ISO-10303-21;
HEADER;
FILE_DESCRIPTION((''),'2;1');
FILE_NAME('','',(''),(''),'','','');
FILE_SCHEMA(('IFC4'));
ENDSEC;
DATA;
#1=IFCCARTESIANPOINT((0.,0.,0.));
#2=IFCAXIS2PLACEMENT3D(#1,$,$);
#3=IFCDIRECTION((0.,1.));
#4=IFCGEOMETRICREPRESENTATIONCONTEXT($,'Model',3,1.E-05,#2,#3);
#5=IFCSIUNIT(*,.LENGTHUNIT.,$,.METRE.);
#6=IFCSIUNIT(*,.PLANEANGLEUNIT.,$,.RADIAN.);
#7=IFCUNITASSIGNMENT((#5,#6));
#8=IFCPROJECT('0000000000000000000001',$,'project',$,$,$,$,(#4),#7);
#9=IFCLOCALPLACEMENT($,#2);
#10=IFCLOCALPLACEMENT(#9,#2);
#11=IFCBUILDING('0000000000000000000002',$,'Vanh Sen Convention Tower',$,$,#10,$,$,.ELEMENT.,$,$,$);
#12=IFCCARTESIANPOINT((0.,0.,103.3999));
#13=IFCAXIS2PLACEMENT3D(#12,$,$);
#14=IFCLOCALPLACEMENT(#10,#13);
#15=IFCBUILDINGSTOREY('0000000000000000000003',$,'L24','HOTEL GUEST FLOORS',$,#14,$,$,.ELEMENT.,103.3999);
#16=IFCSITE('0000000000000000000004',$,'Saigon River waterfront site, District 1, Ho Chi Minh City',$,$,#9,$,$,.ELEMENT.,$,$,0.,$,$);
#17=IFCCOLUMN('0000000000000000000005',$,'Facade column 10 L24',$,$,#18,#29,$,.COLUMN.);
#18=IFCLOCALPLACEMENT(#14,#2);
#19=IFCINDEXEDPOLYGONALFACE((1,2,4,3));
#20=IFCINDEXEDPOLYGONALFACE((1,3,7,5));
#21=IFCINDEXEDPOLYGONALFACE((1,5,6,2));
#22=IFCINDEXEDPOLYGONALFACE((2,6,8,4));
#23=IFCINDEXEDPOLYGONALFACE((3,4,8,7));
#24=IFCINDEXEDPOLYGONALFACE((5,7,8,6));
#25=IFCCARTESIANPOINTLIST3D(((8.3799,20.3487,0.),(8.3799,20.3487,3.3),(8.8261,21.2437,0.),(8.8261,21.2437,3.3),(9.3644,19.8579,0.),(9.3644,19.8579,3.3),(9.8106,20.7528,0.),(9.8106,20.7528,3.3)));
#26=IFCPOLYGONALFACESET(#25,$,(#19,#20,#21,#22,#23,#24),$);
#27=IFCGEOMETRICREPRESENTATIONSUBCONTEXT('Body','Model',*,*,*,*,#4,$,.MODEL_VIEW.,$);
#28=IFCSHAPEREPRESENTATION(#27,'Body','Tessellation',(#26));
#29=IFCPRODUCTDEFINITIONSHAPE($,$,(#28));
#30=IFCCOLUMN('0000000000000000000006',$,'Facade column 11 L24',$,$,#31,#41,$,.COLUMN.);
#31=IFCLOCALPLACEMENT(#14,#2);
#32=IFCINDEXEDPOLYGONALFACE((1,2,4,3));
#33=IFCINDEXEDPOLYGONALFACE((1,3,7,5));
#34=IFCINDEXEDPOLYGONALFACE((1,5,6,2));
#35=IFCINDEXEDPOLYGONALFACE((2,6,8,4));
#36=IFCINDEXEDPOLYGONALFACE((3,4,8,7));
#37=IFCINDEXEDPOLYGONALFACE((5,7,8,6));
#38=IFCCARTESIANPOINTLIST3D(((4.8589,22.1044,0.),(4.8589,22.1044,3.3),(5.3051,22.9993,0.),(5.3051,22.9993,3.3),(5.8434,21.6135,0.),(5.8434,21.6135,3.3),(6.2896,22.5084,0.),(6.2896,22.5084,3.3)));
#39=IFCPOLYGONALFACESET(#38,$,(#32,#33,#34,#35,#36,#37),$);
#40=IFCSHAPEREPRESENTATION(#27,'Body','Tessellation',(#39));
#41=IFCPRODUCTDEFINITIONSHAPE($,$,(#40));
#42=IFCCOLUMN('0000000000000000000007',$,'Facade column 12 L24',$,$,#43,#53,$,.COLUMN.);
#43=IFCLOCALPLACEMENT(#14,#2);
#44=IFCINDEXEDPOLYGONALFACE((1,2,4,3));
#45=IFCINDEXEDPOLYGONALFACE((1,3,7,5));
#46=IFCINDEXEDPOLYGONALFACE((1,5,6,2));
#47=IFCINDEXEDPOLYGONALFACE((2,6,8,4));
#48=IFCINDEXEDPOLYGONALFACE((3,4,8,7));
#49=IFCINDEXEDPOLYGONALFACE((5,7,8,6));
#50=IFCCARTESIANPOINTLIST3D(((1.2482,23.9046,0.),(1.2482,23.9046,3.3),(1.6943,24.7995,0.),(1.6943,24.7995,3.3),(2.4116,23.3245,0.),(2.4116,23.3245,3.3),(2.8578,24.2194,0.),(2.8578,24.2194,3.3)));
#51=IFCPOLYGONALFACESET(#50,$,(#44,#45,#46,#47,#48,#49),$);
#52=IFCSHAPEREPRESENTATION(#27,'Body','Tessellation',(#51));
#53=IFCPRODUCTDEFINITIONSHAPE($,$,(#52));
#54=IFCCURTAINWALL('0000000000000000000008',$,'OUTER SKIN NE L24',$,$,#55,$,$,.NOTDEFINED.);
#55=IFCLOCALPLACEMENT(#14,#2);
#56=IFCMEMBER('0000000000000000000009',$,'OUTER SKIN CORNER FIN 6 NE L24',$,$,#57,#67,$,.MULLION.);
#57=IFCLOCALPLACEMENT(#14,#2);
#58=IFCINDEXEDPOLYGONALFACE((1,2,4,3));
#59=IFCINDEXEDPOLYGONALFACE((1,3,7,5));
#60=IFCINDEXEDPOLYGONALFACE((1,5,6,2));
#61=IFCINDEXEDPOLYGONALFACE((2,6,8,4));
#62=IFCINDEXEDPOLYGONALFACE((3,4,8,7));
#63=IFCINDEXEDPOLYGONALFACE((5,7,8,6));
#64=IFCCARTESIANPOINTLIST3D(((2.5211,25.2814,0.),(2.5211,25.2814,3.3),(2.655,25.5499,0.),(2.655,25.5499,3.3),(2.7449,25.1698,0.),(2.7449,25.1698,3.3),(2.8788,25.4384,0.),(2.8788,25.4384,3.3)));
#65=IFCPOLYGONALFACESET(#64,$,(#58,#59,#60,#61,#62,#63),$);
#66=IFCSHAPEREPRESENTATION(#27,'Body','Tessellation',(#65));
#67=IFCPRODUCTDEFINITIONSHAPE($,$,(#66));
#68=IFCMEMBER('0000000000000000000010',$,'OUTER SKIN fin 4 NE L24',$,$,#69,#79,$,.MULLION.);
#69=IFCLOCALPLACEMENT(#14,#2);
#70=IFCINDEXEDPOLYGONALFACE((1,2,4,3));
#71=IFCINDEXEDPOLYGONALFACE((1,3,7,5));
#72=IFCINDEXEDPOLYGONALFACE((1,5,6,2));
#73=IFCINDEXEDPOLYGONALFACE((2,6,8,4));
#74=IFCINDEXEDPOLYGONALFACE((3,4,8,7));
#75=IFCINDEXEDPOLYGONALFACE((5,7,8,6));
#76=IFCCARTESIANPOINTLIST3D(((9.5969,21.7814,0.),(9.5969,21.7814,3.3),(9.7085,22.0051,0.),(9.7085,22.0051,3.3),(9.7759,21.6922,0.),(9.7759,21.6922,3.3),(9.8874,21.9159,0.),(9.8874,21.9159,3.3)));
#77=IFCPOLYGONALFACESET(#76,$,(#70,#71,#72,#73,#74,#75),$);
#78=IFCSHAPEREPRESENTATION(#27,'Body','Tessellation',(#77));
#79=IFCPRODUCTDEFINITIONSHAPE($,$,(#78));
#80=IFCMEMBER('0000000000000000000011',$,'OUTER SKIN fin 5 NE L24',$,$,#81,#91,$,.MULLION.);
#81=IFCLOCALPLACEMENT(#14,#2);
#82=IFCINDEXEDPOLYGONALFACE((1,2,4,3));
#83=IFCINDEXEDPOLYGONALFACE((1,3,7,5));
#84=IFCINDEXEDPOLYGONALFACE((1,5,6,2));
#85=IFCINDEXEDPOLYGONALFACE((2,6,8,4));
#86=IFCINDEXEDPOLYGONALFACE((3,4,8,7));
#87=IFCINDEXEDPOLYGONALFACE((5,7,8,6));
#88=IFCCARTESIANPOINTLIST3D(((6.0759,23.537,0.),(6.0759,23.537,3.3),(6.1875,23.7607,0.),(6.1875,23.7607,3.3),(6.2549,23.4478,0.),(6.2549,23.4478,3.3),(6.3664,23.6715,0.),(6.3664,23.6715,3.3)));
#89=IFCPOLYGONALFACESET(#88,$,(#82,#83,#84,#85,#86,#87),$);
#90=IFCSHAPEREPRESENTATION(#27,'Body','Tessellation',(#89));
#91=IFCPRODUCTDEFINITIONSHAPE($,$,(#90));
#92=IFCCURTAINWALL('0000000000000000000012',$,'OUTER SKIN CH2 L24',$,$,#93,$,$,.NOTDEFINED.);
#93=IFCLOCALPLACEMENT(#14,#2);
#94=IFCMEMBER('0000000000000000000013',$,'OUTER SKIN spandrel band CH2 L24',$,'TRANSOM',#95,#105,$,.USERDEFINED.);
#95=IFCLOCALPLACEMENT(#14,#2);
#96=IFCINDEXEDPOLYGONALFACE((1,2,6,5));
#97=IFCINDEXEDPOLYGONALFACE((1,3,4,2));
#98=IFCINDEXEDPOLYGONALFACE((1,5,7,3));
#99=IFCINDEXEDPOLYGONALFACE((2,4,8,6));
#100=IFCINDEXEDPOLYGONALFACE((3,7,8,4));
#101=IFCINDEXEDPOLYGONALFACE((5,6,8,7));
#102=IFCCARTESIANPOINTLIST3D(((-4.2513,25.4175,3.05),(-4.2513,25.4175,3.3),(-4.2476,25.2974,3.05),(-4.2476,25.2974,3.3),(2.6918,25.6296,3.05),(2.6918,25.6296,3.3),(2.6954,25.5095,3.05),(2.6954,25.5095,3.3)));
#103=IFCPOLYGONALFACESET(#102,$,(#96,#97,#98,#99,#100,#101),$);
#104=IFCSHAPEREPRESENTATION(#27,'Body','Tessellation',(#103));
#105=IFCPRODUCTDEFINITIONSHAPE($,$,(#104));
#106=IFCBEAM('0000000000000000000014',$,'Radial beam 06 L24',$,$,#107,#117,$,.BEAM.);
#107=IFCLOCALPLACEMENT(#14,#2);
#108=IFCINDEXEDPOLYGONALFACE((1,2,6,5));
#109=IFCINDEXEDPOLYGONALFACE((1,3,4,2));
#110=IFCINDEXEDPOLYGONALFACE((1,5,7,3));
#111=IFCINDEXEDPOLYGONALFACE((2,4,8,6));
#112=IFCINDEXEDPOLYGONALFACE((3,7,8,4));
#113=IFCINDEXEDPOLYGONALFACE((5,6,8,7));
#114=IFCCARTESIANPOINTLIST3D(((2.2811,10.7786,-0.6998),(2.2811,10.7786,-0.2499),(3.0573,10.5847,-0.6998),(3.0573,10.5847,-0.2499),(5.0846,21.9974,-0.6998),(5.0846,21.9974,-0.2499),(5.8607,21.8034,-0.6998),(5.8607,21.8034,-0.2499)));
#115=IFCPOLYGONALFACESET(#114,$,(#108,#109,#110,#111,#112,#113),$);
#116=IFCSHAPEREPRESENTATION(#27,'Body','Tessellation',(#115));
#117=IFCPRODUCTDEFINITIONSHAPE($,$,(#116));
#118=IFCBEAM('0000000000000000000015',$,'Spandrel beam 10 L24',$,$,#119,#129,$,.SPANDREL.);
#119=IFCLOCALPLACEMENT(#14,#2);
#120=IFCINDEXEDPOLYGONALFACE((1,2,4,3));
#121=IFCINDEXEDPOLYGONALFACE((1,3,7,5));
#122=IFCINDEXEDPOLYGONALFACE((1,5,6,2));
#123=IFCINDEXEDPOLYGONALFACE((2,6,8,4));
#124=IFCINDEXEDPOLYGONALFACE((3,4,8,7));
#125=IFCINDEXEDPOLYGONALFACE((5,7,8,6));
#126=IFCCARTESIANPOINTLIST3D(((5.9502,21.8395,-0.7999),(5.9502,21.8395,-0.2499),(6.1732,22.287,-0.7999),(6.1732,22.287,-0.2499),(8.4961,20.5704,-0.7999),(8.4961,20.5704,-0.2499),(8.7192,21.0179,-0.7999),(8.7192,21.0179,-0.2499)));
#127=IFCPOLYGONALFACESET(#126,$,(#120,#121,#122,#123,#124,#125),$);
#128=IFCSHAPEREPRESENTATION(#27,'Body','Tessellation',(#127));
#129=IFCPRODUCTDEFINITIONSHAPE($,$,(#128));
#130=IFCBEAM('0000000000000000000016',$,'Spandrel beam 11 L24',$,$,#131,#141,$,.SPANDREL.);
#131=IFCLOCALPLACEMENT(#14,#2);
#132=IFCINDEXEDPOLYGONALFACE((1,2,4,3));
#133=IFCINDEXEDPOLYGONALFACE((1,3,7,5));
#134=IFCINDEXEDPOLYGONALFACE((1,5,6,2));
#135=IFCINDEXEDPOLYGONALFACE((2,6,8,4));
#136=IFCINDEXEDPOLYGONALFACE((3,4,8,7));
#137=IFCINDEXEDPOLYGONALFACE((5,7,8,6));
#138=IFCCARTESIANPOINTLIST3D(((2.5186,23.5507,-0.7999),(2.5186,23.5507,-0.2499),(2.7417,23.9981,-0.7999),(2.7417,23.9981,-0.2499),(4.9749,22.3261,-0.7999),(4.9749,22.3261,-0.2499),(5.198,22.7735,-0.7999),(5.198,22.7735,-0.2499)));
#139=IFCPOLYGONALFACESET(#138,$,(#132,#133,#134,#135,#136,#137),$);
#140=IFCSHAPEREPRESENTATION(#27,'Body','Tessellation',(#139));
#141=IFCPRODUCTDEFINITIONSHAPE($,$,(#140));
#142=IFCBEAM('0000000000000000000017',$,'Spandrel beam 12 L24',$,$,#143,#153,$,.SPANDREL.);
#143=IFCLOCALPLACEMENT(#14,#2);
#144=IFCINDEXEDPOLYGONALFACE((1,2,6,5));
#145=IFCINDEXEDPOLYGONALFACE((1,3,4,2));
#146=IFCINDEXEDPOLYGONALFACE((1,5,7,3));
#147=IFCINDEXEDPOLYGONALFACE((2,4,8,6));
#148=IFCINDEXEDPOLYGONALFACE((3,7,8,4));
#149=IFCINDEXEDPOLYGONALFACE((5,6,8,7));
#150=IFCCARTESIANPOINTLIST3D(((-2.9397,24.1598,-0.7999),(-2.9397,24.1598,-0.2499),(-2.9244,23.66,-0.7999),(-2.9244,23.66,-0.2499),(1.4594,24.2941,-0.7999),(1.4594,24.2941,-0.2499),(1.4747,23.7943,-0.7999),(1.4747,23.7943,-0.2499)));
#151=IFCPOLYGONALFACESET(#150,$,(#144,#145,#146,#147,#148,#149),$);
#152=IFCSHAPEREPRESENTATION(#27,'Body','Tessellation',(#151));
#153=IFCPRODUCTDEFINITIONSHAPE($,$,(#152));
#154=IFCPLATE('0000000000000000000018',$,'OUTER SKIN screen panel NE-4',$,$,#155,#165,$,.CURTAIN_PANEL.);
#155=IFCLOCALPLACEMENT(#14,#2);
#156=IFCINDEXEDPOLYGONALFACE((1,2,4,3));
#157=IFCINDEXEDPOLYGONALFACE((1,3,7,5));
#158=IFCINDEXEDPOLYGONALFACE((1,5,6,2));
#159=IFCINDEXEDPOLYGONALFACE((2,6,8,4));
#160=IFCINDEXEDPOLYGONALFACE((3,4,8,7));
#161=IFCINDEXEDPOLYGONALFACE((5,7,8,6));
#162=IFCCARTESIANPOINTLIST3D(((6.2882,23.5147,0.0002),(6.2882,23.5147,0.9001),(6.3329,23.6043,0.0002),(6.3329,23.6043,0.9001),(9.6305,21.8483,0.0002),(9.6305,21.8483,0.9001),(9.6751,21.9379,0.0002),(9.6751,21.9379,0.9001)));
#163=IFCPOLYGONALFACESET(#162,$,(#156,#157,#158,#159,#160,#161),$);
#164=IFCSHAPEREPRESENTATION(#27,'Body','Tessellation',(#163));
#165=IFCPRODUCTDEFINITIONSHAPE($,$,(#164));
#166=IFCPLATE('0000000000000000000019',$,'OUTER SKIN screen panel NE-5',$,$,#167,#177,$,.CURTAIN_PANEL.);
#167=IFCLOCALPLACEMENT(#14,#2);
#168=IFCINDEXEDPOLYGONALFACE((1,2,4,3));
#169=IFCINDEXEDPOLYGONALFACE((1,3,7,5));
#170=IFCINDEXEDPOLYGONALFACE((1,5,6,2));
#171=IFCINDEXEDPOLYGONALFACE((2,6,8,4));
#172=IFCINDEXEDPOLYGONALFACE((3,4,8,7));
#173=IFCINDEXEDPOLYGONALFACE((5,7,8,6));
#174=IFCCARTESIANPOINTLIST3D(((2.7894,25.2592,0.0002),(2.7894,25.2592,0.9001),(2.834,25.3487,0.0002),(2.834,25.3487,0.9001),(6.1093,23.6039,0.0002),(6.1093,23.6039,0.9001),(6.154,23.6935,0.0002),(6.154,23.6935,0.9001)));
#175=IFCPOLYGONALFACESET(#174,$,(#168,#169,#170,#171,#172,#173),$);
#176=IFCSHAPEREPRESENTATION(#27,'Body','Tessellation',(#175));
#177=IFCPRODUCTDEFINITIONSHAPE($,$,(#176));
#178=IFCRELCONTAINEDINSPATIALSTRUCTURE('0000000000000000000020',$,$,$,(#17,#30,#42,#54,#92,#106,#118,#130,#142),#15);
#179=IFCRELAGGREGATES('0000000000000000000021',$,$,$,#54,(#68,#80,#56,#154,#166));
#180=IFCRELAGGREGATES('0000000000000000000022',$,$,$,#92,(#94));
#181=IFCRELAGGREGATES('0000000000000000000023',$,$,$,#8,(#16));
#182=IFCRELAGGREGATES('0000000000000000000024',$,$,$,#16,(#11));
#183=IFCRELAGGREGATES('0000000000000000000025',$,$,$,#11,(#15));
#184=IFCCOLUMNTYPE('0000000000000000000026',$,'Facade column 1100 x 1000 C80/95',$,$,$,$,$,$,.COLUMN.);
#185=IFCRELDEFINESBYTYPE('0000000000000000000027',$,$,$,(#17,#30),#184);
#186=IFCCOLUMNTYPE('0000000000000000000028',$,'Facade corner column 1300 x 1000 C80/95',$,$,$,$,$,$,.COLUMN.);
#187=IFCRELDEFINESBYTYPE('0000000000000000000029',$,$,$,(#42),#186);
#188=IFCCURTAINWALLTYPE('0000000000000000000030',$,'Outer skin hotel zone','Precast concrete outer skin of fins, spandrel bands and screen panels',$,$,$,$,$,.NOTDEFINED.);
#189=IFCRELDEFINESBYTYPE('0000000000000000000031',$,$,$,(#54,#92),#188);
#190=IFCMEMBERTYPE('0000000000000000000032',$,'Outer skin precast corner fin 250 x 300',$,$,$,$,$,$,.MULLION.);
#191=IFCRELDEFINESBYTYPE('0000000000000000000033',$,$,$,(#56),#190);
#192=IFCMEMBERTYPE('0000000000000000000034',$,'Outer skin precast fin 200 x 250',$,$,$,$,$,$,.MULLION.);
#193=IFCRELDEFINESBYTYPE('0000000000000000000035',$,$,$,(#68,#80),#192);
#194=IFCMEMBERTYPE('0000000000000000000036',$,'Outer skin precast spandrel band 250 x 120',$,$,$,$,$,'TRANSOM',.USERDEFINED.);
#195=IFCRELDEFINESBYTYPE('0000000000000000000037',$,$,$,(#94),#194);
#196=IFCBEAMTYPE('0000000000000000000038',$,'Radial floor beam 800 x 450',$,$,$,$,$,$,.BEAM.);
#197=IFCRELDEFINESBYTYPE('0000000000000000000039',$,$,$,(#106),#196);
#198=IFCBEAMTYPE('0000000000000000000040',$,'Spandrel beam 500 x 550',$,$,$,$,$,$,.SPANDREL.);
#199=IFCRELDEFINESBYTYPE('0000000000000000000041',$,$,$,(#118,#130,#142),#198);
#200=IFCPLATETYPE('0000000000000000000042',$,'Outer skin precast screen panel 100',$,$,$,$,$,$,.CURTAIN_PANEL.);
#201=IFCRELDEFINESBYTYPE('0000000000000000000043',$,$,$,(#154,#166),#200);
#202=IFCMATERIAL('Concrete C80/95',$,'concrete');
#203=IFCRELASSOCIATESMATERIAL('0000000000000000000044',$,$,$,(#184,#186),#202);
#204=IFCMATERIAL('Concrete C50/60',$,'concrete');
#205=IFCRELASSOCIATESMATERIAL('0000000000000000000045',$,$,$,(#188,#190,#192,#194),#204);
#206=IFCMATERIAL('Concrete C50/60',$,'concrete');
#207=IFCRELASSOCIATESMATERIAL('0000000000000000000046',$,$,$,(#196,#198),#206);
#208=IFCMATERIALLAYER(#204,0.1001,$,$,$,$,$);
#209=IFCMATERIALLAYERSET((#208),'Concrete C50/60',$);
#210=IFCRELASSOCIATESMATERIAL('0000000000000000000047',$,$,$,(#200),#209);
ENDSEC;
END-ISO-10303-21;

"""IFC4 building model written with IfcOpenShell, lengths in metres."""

from ifc_helpers import new_model, si_unit, direction, frame, origin, origin_2d, place, context, subcontext, project, spatial, rectangle, extrude, material, layer, layer_set, material_profile, profile_set, type_object, element, aggregate, save


model = new_model("IFC4")

# Units and contexts
model_context = context("Model", 3, precision=1e-05, world=origin(), true_north=direction((0.0, 1.0)))
body_context = subcontext(model_context, "Body", "Model", "MODEL_VIEW")
ifc_project = project(units=[si_unit("LENGTHUNIT", "METRE"), si_unit("PLANEANGLEUNIT", "RADIAN")], contexts=[model_context])

# Site, building, storey
site_placement = place(None, origin())
site = spatial("IfcSite", under=ifc_project, at=site_placement, Name="Saigon River waterfront site, District 1, Ho Chi Minh City", CompositionType="ELEMENT", RefElevation=0.0)
building_placement = place(site_placement, origin())
building = spatial("IfcBuilding", under=site, at=building_placement, Name="Vanh Sen Convention Tower", CompositionType="ELEMENT")
storey_placement = place(building_placement, frame((0.0, 0.0, 103.3999)))
storey = spatial("IfcBuildingStorey", under=building, at=storey_placement, Name="L24", Description="HOTEL GUEST FLOORS", CompositionType="ELEMENT", Elevation=103.3999)

# Columns
ifc_material_1 = material(Name="Concrete C80/95", Category="concrete")
ifc_material_profile_1 = material_profile(ifc_material_1, rectangle(XDim=1.1001, YDim=1.0, at=origin_2d()), Name="RC 1100X1000")
ifc_profile_set_1 = profile_set([ifc_material_profile_1], Name="Concrete C80/95")
column_type_1 = type_object("IfcColumnType", Name="Facade column 1100 x 1000 C80/95", PredefinedType="COLUMN", material=ifc_profile_set_1)
for number, where, z_axis, x_axis, name in (
    (1, (9.0952, 20.5508, 0.0), (0.0, 0.0, 1.0), (-0.894934, 0.446198, 0.0), "Facade column 10 L24"),
    (2, (5.5742, 22.3064, 0.0), (0.0, 0.0, 1.0), (-0.894934, 0.446198, 0.0), "Facade column 11 L24"),
):
    element("IfcColumn", number, at=place(storey_placement, frame(where, z_axis=z_axis, x_axis=x_axis)), inside=storey, type_object=column_type_1, Name=name, PredefinedType="COLUMN", context=body_context, shape_type="SweptSolid", body=[
        extrude(rectangle(XDim=1.1001, YDim=1.0, at=origin_2d()), origin(), (0.0, 0.0, 1.0), 3.3),
    ])
ifc_material_profile_2 = material_profile(ifc_material_1, rectangle(XDim=1.3, YDim=1.0, at=origin_2d()), Name="RC 1300X1000")
ifc_profile_set_2 = profile_set([ifc_material_profile_2], Name="Concrete C80/95")
column_type_2 = type_object("IfcColumnType", Name="Facade corner column 1300 x 1000 C80/95", PredefinedType="COLUMN", material=ifc_profile_set_2)
column_placement = place(storey_placement, frame((2.053, 24.062, 0.0), z_axis=(0.0, 0.0, 1.0), x_axis=(-0.894934, 0.446198, 0.0)))
element("IfcColumn", 3, at=column_placement, inside=storey, type_object=column_type_2, Name="Facade column 12 L24", PredefinedType="COLUMN", context=body_context, shape_type="SweptSolid", body=[
    extrude(rectangle(XDim=1.3, YDim=1.0, at=origin_2d()), origin(), (0.0, 0.0, 1.0), 3.3),
])

# Curtain wall, members
ifc_material_2 = material(Name="Concrete C50/60", Category="concrete")
curtain_wall_type = type_object("IfcCurtainWallType", Name="Outer skin hotel zone", Description="Precast concrete outer skin of fins, spandrel bands and screen panels", PredefinedType="NOTDEFINED", material=ifc_material_2)
curtain_wall_1_placement = place(storey_placement, origin())
curtain_wall_1 = element("IfcCurtainWall", 4, at=curtain_wall_1_placement, inside=storey, type_object=curtain_wall_type, Name="OUTER SKIN NE L24", PredefinedType="NOTDEFINED")
ifc_material_profile_3 = material_profile(ifc_material_2, rectangle(XDim=0.25, YDim=0.3, at=origin_2d()), Name="Outer skin precast corner fin 250 x 300")
ifc_profile_set_3 = profile_set([ifc_material_profile_3], Name="Concrete C50/60")
member_type_1 = type_object("IfcMemberType", Name="Outer skin precast corner fin 250 x 300", PredefinedType="MULLION", material=ifc_profile_set_3)
member_1_placement = place(storey_placement, frame((2.7, 25.3599, 0.0), z_axis=(0.0, 0.0, 1.0), x_axis=(-0.894934, 0.446198, 0.0)))
member_1 = element("IfcMember", 5, at=member_1_placement, type_object=member_type_1, Name="OUTER SKIN CORNER FIN 6 NE L24", PredefinedType="MULLION", context=body_context, shape_type="SweptSolid", body=[
    extrude(rectangle(XDim=0.25, YDim=0.3, at=origin_2d()), origin(), (0.0, 0.0, 1.0), 3.3),
])
ifc_material_profile_4 = material_profile(ifc_material_2, rectangle(XDim=0.2, YDim=0.25, at=origin_2d()), Name="Outer skin precast fin 200 x 250")
ifc_profile_set_4 = profile_set([ifc_material_profile_4], Name="Concrete C50/60")
member_type_2 = type_object("IfcMemberType", Name="Outer skin precast fin 200 x 250", PredefinedType="MULLION", material=ifc_profile_set_4)
member_2_placement = place(storey_placement, frame((9.7422, 21.8486, 0.0), z_axis=(0.0, 0.0, 1.0), x_axis=(-0.894934, 0.446198, 0.0)))
member_2 = element("IfcMember", 6, at=member_2_placement, type_object=member_type_2, Name="OUTER SKIN fin 4 NE L24", PredefinedType="MULLION", context=body_context, shape_type="SweptSolid", body=[
    extrude(rectangle(XDim=0.2, YDim=0.25, at=origin_2d()), origin(), (0.0, 0.0, 1.0), 3.3),
])
member_3_placement = place(storey_placement, frame((6.2212, 23.6042, 0.0), z_axis=(0.0, 0.0, 1.0), x_axis=(-0.894934, 0.446198, 0.0)))
member_3 = element("IfcMember", 7, at=member_3_placement, type_object=member_type_2, Name="OUTER SKIN fin 5 NE L24", PredefinedType="MULLION", context=body_context, shape_type="SweptSolid", body=[
    extrude(rectangle(XDim=0.2, YDim=0.25, at=origin_2d()), origin(), (0.0, 0.0, 1.0), 3.3),
])

# Curtain wall, member
curtain_wall_2_placement = place(storey_placement, origin())
curtain_wall_2 = element("IfcCurtainWall", 8, at=curtain_wall_2_placement, inside=storey, type_object=curtain_wall_type, Name="OUTER SKIN CH2 L24", PredefinedType="NOTDEFINED")
ifc_material_profile_5 = material_profile(ifc_material_2, rectangle(XDim=0.1201, YDim=0.25, at=origin_2d()), Name="Outer skin precast spandrel band 250 x 120")
ifc_profile_set_5 = profile_set([ifc_material_profile_5], Name="Concrete C50/60")
member_type_3 = type_object("IfcMemberType", Name="Outer skin precast spandrel band 250 x 120", ElementType="TRANSOM", PredefinedType="USERDEFINED", material=ifc_profile_set_5)
member_4_placement = place(storey_placement, frame((2.6936, 25.5696, 3.175), z_axis=(-0.999533, -0.030542, 0.0), x_axis=(0.030542, -0.999533, 0.0)))
member_4 = element("IfcMember", 9, at=member_4_placement, type_object=member_type_3, Name="OUTER SKIN spandrel band CH2 L24", ObjectType="TRANSOM", PredefinedType="USERDEFINED", context=body_context, shape_type="SweptSolid", body=[
    extrude(rectangle(XDim=0.1201, YDim=0.25, at=origin_2d()), origin(), (0.0, 0.0, 1.0), 6.9463),
])

# Beams
ifc_material_3 = material(Name="Concrete C50/60", Category="concrete")
ifc_material_profile_6 = material_profile(ifc_material_3, rectangle(XDim=0.8, YDim=0.45, at=origin_2d()), Name="RC 800X450")
ifc_profile_set_6 = profile_set([ifc_material_profile_6], Name="Concrete C50/60")
beam_type_1 = type_object("IfcBeamType", Name="Radial floor beam 800 x 450", PredefinedType="BEAM", material=ifc_profile_set_6)
beam_1_placement = place(storey_placement, frame((5.4727, 21.9004, -0.4749), z_axis=(-0.242436, -0.970167, 0.0), x_axis=(0.970167, -0.242436, 0.0)))
element("IfcBeam", 10, at=beam_1_placement, inside=storey, type_object=beam_type_1, Name="Radial beam 06 L24", PredefinedType="BEAM", context=body_context, shape_type="SweptSolid", body=[
    extrude(rectangle(XDim=0.8, YDim=0.45, at=origin_2d()), origin(), (0.0, 0.0, 1.0), 11.5637),
])
ifc_material_profile_7 = material_profile(ifc_material_3, rectangle(XDim=0.5, YDim=0.55, at=origin_2d()), Name="RC 500X550")
ifc_profile_set_7 = profile_set([ifc_material_profile_7], Name="Concrete C50/60")
beam_type_2 = type_object("IfcBeamType", Name="Spandrel beam 500 x 550", PredefinedType="SPANDREL", material=ifc_profile_set_7)
beam_2_placement = place(storey_placement, frame((8.6077, 20.7942, -0.5249), z_axis=(-0.894976, 0.446115, 0.0), x_axis=(-0.446115, -0.894976, 0.0)))
element("IfcBeam", 11, at=beam_2_placement, inside=storey, type_object=beam_type_2, Name="Spandrel beam 10 L24", PredefinedType="SPANDREL", context=body_context, shape_type="SweptSolid", body=[
    extrude(rectangle(XDim=0.5, YDim=0.55, at=origin_2d()), origin(), (0.0, 0.0, 1.0), 2.8447),
])
beam_3_placement = place(storey_placement, frame((5.0864, 22.5498, -0.5249), z_axis=(-0.894943, 0.446181, 0.0), x_axis=(-0.446181, -0.894943, 0.0)))
element("IfcBeam", 12, at=beam_3_placement, inside=storey, type_object=beam_type_2, Name="Spandrel beam 11 L24", PredefinedType="SPANDREL", context=body_context, shape_type="SweptSolid", body=[
    extrude(rectangle(XDim=0.5, YDim=0.55, at=origin_2d()), origin(), (0.0, 0.0, 1.0), 2.7446),
])
beam_4_placement = place(storey_placement, frame((1.467, 24.0442, -0.5249), z_axis=(-0.999534, -0.030509, 0.0), x_axis=(0.030509, -0.999534, 0.0)))
element("IfcBeam", 13, at=beam_4_placement, inside=storey, type_object=beam_type_2, Name="Spandrel beam 12 L24", PredefinedType="SPANDREL", context=body_context, shape_type="SweptSolid", body=[
    extrude(rectangle(XDim=0.5, YDim=0.55, at=origin_2d()), origin(), (0.0, 0.0, 1.0), 4.4011),
])

# Plates
ifc_layer_1 = layer(ifc_material_2, 0.1001)
ifc_layer_set_1 = layer_set([ifc_layer_1], Name="Concrete C50/60")
plate_type = type_object("IfcPlateType", Name="Outer skin precast screen panel 100", PredefinedType="CURTAIN_PANEL", material=ifc_layer_set_1)
plate_1_placement = place(storey_placement, frame((7.9817, 22.7263, 0.0002), z_axis=(0.0, 0.0, 1.0), x_axis=(-0.894935, 0.446196, 0.0)))
plate_1 = element("IfcPlate", 14, at=plate_1_placement, type_object=plate_type, Name="OUTER SKIN screen panel NE-4", PredefinedType="CURTAIN_PANEL", context=body_context, shape_type="SweptSolid", body=[
    extrude(rectangle(XDim=3.7346, YDim=0.1001, at=origin_2d()), origin(), (0.0, 0.0, 1.0), 0.8999),
])
plate_2_placement = place(storey_placement, frame((4.4717, 24.4763, 0.0002), z_axis=(0.0, 0.0, 1.0), x_axis=(-0.894935, 0.446196, 0.0)))
plate_2 = element("IfcPlate", 15, at=plate_2_placement, type_object=plate_type, Name="OUTER SKIN screen panel NE-5", PredefinedType="CURTAIN_PANEL", context=body_context, shape_type="SweptSolid", body=[
    extrude(rectangle(XDim=3.7097, YDim=0.1001, at=origin_2d()), origin(), (0.0, 0.0, 1.0), 0.8999),
])
aggregate(curtain_wall_1, [member_2, member_3, member_1, plate_1, plate_2])
aggregate(curtain_wall_2, [member_4])

save(model, "model.ifc")
